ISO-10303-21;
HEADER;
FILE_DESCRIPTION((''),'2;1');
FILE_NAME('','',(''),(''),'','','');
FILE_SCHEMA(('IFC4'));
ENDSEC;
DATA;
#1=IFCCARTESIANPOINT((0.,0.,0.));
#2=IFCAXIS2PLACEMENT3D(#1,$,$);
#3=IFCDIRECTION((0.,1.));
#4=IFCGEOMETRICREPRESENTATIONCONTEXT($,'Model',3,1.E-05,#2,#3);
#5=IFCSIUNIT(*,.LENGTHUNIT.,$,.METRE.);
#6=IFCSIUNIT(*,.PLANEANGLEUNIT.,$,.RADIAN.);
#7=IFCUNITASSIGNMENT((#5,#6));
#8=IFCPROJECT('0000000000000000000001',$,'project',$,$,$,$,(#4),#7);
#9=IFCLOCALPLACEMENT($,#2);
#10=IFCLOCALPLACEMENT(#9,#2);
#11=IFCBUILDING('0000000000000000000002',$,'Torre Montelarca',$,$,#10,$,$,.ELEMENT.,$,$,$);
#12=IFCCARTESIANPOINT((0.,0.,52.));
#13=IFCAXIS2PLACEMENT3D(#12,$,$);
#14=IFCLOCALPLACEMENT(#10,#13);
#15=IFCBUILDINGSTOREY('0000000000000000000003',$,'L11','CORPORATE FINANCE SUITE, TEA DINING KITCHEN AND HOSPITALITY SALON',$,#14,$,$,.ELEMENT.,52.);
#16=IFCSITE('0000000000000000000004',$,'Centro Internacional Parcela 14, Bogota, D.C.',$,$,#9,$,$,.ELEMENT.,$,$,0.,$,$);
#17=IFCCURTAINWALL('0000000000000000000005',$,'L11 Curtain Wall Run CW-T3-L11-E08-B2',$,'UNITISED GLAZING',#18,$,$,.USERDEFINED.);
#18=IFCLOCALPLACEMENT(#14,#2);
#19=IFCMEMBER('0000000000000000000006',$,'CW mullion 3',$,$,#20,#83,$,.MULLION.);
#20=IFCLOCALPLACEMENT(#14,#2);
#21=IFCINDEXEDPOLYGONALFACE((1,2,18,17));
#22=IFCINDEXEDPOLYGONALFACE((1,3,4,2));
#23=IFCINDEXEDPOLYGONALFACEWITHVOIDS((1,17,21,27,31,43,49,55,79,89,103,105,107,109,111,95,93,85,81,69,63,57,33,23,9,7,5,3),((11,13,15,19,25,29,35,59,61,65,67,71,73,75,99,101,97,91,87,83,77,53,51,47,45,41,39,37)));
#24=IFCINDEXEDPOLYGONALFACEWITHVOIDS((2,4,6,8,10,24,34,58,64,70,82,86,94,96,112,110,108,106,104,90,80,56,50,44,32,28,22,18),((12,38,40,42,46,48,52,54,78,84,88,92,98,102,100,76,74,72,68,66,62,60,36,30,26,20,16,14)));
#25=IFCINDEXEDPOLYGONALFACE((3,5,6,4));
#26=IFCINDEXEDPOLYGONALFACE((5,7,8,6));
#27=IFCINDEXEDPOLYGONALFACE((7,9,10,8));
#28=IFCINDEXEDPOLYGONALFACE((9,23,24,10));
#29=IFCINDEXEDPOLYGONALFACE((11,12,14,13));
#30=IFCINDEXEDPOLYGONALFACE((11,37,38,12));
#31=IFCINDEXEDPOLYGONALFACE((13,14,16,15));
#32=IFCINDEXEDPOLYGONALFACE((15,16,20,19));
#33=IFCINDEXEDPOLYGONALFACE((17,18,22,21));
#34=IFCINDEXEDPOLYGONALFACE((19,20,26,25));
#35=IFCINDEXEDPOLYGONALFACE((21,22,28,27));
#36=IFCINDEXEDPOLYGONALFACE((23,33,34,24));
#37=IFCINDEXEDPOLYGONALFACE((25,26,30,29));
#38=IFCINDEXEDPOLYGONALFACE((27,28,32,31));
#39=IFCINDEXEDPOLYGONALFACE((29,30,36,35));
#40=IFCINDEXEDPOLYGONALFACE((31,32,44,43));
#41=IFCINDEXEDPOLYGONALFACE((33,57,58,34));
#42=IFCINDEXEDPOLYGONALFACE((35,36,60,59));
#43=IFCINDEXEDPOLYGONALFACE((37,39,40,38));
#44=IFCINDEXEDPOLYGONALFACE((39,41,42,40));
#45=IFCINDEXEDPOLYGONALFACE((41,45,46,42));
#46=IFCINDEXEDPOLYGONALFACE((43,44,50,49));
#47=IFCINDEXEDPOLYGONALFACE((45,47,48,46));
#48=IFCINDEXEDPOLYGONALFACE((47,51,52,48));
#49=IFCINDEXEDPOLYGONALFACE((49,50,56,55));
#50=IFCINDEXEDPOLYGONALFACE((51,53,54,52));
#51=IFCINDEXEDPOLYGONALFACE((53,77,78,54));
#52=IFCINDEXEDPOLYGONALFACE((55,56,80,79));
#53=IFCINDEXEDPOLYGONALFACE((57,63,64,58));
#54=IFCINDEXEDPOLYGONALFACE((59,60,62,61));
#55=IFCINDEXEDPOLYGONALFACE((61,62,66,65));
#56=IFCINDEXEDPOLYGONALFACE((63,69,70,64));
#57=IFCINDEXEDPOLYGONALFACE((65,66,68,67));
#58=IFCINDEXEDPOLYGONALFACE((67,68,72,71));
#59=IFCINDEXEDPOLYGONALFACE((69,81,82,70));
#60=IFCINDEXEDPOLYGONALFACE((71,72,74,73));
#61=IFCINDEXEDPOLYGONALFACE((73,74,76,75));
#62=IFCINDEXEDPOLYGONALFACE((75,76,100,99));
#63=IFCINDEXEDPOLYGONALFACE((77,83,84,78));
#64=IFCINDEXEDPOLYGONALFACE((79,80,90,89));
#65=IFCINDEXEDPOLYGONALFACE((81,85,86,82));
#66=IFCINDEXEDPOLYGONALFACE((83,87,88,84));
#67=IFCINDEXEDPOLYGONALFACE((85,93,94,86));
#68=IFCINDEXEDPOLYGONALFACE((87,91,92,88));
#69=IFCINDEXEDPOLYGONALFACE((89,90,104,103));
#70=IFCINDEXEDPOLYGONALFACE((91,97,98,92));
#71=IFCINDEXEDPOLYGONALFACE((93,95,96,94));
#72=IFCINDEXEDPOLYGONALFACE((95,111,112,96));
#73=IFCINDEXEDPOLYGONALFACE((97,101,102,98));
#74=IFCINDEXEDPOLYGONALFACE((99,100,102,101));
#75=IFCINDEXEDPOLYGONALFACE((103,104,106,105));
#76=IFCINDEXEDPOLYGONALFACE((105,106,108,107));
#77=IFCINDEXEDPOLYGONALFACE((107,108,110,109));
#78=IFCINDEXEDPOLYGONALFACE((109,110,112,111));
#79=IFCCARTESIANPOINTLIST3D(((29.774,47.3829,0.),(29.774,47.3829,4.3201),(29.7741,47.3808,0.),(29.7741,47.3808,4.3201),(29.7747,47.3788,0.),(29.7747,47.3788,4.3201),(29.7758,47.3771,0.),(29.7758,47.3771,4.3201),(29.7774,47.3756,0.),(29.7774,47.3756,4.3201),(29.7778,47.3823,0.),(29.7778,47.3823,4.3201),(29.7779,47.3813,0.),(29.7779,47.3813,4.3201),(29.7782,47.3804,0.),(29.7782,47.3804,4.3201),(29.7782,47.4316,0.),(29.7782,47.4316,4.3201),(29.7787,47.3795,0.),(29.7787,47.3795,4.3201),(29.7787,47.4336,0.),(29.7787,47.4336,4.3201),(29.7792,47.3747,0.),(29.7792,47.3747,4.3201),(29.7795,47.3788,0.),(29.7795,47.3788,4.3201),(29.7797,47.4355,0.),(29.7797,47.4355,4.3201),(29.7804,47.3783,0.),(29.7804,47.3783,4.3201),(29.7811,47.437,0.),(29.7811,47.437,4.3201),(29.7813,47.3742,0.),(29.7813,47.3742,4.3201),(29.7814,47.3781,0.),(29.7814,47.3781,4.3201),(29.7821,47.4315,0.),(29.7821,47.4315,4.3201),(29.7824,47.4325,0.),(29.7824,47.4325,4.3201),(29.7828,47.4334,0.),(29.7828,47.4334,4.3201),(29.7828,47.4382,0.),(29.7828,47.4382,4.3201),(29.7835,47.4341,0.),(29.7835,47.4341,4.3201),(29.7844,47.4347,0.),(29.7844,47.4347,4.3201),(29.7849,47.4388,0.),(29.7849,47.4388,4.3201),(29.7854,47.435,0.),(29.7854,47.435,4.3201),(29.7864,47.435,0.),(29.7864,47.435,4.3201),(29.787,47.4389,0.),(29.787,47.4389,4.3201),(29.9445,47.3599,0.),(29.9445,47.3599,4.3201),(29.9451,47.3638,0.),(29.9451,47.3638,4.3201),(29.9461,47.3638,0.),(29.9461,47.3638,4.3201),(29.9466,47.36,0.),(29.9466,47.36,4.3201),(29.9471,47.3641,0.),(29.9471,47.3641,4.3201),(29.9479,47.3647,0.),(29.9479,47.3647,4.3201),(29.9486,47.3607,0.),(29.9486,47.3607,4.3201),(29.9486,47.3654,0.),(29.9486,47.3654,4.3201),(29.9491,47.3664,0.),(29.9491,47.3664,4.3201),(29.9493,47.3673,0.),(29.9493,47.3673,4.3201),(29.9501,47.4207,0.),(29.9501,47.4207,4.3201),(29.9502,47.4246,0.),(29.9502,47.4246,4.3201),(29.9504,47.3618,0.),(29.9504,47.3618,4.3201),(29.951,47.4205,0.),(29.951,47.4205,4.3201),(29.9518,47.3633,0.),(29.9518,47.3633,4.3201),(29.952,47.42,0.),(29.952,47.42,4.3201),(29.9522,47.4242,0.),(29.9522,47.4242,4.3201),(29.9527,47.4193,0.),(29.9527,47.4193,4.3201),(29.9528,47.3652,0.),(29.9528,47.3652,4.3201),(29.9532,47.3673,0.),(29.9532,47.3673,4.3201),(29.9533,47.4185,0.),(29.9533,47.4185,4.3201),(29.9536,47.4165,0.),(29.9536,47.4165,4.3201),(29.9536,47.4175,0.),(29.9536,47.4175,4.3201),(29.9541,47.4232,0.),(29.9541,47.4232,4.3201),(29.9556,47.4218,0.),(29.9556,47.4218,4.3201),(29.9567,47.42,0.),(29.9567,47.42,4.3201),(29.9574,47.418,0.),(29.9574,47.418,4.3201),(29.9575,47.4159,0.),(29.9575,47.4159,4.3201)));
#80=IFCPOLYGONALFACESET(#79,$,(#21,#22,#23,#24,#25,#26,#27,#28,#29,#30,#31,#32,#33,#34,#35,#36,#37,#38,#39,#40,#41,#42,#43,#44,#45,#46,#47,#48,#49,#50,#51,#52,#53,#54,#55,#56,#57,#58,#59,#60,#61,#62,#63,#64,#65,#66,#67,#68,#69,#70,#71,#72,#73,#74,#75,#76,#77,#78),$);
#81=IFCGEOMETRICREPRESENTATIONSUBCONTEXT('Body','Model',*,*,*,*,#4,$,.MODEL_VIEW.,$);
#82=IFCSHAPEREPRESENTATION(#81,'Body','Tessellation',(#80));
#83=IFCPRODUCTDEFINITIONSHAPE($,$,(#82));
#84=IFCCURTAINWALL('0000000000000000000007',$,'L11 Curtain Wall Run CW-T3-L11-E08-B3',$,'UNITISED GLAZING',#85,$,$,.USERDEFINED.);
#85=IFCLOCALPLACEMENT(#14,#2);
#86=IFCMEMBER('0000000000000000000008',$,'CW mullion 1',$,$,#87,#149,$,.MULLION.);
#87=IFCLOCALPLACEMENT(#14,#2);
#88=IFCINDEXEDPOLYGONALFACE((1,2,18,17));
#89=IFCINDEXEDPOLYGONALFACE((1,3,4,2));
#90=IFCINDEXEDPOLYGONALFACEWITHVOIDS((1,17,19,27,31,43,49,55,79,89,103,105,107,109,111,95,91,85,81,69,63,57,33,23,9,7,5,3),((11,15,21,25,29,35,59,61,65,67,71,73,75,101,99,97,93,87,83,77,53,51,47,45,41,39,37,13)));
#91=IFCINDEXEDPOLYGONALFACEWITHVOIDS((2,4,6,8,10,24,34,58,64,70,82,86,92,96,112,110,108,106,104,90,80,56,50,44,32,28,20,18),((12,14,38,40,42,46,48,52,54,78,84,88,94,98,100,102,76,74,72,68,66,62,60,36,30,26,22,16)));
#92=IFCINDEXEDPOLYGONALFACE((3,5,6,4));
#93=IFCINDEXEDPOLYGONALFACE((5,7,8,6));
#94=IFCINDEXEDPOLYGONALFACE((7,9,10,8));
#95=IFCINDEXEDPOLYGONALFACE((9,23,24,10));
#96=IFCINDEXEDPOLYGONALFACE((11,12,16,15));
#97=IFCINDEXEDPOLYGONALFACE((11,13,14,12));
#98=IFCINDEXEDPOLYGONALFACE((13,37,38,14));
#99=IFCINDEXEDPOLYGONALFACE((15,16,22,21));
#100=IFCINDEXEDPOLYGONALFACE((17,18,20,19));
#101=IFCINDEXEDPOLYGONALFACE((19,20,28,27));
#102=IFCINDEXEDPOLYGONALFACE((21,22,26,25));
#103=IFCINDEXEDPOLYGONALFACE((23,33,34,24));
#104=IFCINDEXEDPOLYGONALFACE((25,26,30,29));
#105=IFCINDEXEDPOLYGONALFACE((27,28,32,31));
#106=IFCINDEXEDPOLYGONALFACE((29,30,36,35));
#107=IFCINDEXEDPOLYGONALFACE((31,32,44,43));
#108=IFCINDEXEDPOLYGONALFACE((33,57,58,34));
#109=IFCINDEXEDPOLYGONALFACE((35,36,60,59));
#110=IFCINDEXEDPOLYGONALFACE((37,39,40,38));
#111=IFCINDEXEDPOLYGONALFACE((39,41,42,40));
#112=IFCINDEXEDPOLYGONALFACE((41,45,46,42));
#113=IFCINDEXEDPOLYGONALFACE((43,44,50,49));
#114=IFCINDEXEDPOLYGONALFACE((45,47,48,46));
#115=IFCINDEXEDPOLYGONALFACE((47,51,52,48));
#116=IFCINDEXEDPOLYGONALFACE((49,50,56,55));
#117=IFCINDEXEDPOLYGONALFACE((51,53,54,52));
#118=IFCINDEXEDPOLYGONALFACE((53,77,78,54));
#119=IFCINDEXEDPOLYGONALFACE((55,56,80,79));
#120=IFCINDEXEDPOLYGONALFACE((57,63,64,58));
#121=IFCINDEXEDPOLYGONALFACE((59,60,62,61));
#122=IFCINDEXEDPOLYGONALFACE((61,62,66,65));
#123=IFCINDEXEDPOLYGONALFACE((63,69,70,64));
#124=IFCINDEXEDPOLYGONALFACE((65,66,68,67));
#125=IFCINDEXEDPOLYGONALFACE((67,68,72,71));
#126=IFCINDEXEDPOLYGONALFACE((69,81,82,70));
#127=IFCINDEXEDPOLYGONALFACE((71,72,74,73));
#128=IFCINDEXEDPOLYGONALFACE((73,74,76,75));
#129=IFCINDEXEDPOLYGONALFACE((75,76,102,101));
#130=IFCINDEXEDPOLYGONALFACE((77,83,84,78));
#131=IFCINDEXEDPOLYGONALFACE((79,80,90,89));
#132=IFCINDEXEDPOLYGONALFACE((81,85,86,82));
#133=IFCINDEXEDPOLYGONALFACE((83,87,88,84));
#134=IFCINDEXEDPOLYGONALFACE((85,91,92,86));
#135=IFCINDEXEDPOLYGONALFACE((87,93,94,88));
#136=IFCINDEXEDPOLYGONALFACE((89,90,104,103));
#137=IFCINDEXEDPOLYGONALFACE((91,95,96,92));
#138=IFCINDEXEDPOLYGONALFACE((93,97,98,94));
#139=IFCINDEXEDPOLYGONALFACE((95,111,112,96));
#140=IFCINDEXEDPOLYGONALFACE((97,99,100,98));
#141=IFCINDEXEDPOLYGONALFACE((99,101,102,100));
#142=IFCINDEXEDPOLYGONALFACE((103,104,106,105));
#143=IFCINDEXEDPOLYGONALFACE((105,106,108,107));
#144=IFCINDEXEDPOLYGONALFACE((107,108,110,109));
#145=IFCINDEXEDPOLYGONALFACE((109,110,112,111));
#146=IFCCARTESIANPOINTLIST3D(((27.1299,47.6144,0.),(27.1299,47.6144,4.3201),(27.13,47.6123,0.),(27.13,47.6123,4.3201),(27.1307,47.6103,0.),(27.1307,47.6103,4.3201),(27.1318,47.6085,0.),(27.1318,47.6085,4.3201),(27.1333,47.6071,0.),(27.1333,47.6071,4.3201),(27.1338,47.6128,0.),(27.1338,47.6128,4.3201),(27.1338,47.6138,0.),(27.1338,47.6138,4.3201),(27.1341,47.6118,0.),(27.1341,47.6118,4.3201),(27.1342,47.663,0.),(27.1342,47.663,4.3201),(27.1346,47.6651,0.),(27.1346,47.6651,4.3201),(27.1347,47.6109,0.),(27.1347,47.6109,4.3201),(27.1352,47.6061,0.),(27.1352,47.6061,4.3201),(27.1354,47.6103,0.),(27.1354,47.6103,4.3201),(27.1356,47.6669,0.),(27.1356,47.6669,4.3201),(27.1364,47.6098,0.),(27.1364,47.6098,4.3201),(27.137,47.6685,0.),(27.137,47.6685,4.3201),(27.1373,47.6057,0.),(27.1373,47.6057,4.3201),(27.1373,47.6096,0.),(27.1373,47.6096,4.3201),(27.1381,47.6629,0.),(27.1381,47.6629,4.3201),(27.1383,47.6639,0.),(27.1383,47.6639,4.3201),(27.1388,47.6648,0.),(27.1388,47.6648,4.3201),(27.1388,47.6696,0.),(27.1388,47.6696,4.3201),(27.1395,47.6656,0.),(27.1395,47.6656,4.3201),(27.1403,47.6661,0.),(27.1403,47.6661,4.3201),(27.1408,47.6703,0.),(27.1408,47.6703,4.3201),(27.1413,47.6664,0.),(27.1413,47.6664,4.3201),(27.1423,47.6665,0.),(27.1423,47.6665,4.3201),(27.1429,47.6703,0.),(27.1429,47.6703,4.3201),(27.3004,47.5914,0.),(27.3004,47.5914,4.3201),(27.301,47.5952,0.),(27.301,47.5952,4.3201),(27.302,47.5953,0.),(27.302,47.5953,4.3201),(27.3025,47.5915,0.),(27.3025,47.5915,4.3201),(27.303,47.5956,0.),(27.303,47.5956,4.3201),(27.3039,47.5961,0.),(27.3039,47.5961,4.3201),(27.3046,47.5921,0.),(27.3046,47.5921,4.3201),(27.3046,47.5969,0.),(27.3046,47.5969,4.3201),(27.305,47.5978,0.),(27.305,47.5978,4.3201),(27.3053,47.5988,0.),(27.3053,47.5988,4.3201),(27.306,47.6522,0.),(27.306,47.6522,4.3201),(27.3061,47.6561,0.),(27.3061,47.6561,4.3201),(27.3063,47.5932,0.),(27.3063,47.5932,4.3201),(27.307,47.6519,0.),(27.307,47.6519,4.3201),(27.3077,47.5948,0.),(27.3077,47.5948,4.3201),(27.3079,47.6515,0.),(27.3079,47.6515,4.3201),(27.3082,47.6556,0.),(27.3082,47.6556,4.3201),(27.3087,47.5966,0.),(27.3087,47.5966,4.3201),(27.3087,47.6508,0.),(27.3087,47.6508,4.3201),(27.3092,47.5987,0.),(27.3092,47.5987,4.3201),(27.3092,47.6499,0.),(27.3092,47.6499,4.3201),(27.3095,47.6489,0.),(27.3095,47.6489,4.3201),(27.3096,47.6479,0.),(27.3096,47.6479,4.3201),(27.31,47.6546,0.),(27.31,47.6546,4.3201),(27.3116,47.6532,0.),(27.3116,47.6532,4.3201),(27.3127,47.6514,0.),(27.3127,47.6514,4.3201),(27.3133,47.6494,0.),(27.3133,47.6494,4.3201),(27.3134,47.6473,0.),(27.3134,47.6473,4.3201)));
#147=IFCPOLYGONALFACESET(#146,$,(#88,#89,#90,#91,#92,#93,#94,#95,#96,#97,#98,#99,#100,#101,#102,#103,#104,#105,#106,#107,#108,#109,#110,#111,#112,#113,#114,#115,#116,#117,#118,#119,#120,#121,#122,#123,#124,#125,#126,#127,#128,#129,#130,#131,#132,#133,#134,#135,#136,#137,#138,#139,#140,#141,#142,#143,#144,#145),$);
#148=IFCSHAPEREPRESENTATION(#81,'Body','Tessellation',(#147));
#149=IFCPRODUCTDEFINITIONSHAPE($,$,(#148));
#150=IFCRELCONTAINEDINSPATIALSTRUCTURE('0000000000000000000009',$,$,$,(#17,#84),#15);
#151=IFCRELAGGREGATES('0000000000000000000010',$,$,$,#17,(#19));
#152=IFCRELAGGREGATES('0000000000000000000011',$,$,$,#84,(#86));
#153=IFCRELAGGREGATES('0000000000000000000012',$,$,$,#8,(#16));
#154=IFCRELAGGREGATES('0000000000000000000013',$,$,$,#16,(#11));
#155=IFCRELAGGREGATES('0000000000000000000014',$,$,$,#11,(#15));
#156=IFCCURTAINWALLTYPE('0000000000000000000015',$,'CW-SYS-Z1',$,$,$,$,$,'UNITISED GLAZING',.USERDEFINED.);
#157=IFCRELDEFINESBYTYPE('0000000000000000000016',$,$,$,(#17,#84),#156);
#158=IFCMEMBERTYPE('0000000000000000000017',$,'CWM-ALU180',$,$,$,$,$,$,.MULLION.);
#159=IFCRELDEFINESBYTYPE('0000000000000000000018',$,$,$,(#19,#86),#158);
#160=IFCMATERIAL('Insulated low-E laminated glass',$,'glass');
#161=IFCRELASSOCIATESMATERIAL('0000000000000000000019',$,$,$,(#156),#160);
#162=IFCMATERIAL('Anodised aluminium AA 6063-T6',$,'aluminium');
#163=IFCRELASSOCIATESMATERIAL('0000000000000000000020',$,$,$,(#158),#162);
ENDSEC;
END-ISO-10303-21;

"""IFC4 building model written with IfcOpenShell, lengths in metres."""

from ifc_helpers import new_model, si_unit, direction, frame, origin, origin_2d, place, context, subcontext, project, spatial, hollow_rectangle, extrude, source, transform, mapped, material, material_profile, profile_set, type_object, element, aggregate, save


model = new_model("IFC4")

# Units and contexts
model_context = context("Model", 3, precision=1e-05, world=origin(), true_north=direction((0.0, 1.0)))
body_context = subcontext(model_context, "Body", "Model", "MODEL_VIEW")
ifc_project = project(units=[si_unit("LENGTHUNIT", "METRE"), si_unit("PLANEANGLEUNIT", "RADIAN")], contexts=[model_context])

# Site, building, storey
site_placement = place(None, origin())
site = spatial("IfcSite", under=ifc_project, at=site_placement, Name="Centro Internacional Parcela 14, Bogota, D.C.", CompositionType="ELEMENT", RefElevation=0.0)
building_placement = place(site_placement, origin())
building = spatial("IfcBuilding", under=site, at=building_placement, Name="Torre Montelarca", CompositionType="ELEMENT")
storey_placement = place(building_placement, frame((0.0, 0.0, 52.0)))
storey = spatial("IfcBuildingStorey", under=building, at=storey_placement, Name="L11", Description="CORPORATE FINANCE SUITE, TEA DINING KITCHEN AND HOSPITALITY SALON", CompositionType="ELEMENT", Elevation=52.0)

# Curtain walls, members
ifc_material_1 = material(Name="Insulated low-E laminated glass", Category="glass")
curtain_wall_type = type_object("IfcCurtainWallType", Name="CW-SYS-Z1", ElementType="UNITISED GLAZING", PredefinedType="USERDEFINED", material=ifc_material_1)
curtain_wall_1_placement = place(storey_placement, origin())
curtain_wall_1 = element("IfcCurtainWall", 1, at=curtain_wall_1_placement, inside=storey, type_object=curtain_wall_type, Name="L11 Curtain Wall Run CW-T3-L11-E08-B2", ObjectType="UNITISED GLAZING", PredefinedType="USERDEFINED")
ifc_material_2 = material(Name="Anodised aluminium AA 6063-T6", Category="aluminium")
ifc_material_profile_1 = material_profile(ifc_material_2, hollow_rectangle(XDim=0.0649, YDim=0.1799, WallThickness=0.0039, InnerFilletRadius=0.0039, OuterFilletRadius=0.0081, at=origin_2d()), Name="ALU65X180X4", Category="aluminium")
ifc_profile_set_1 = profile_set([ifc_material_profile_1], Name="Anodised aluminium AA 6063-T6")
member_type_1 = type_object("IfcMemberType", Name="CWM-ALU180", PredefinedType="MULLION", material=ifc_profile_set_1)
shared_shape_1 = source(origin(), body_context, "Body", "SweptSolid", [
    extrude(hollow_rectangle(XDim=0.0649, YDim=0.1799, WallThickness=0.0039, InnerFilletRadius=0.0039, OuterFilletRadius=0.0081, at=origin_2d()), origin(), (0.0, 0.0, 1.0), 4.3201),
])
member_1_placement = place(storey_placement, frame((29.8657, 47.3994, 0.0), z_axis=(0.0, 0.0, 1.0), x_axis=(-0.08715, -0.996195, 0.0)))
member_1 = element("IfcMember", 2, at=member_1_placement, type_object=member_type_1, Name="CW mullion 3", PredefinedType="MULLION", context=body_context, shape_type="MappedRepresentation", body=[
    mapped(shared_shape_1, transform((0.0, 0.0, 0.0), scale=1.0)),
])
curtain_wall_2_placement = place(storey_placement, origin())
curtain_wall_2 = element("IfcCurtainWall", 3, at=curtain_wall_2_placement, inside=storey, type_object=curtain_wall_type, Name="L11 Curtain Wall Run CW-T3-L11-E08-B3", ObjectType="UNITISED GLAZING", PredefinedType="USERDEFINED")
member_2_placement = place(storey_placement, frame((27.2217, 47.6309, 0.0), z_axis=(0.0, 0.0, 1.0), x_axis=(-0.087162, -0.996194, 0.0)))
member_2 = element("IfcMember", 4, at=member_2_placement, type_object=member_type_1, Name="CW mullion 1", PredefinedType="MULLION", context=body_context, shape_type="MappedRepresentation", body=[
    mapped(shared_shape_1, transform((0.0, 0.0, 0.0), scale=1.0)),
])

aggregate(curtain_wall_1, [member_1])
aggregate(curtain_wall_2, [member_2])

save(model, "model.ifc")
